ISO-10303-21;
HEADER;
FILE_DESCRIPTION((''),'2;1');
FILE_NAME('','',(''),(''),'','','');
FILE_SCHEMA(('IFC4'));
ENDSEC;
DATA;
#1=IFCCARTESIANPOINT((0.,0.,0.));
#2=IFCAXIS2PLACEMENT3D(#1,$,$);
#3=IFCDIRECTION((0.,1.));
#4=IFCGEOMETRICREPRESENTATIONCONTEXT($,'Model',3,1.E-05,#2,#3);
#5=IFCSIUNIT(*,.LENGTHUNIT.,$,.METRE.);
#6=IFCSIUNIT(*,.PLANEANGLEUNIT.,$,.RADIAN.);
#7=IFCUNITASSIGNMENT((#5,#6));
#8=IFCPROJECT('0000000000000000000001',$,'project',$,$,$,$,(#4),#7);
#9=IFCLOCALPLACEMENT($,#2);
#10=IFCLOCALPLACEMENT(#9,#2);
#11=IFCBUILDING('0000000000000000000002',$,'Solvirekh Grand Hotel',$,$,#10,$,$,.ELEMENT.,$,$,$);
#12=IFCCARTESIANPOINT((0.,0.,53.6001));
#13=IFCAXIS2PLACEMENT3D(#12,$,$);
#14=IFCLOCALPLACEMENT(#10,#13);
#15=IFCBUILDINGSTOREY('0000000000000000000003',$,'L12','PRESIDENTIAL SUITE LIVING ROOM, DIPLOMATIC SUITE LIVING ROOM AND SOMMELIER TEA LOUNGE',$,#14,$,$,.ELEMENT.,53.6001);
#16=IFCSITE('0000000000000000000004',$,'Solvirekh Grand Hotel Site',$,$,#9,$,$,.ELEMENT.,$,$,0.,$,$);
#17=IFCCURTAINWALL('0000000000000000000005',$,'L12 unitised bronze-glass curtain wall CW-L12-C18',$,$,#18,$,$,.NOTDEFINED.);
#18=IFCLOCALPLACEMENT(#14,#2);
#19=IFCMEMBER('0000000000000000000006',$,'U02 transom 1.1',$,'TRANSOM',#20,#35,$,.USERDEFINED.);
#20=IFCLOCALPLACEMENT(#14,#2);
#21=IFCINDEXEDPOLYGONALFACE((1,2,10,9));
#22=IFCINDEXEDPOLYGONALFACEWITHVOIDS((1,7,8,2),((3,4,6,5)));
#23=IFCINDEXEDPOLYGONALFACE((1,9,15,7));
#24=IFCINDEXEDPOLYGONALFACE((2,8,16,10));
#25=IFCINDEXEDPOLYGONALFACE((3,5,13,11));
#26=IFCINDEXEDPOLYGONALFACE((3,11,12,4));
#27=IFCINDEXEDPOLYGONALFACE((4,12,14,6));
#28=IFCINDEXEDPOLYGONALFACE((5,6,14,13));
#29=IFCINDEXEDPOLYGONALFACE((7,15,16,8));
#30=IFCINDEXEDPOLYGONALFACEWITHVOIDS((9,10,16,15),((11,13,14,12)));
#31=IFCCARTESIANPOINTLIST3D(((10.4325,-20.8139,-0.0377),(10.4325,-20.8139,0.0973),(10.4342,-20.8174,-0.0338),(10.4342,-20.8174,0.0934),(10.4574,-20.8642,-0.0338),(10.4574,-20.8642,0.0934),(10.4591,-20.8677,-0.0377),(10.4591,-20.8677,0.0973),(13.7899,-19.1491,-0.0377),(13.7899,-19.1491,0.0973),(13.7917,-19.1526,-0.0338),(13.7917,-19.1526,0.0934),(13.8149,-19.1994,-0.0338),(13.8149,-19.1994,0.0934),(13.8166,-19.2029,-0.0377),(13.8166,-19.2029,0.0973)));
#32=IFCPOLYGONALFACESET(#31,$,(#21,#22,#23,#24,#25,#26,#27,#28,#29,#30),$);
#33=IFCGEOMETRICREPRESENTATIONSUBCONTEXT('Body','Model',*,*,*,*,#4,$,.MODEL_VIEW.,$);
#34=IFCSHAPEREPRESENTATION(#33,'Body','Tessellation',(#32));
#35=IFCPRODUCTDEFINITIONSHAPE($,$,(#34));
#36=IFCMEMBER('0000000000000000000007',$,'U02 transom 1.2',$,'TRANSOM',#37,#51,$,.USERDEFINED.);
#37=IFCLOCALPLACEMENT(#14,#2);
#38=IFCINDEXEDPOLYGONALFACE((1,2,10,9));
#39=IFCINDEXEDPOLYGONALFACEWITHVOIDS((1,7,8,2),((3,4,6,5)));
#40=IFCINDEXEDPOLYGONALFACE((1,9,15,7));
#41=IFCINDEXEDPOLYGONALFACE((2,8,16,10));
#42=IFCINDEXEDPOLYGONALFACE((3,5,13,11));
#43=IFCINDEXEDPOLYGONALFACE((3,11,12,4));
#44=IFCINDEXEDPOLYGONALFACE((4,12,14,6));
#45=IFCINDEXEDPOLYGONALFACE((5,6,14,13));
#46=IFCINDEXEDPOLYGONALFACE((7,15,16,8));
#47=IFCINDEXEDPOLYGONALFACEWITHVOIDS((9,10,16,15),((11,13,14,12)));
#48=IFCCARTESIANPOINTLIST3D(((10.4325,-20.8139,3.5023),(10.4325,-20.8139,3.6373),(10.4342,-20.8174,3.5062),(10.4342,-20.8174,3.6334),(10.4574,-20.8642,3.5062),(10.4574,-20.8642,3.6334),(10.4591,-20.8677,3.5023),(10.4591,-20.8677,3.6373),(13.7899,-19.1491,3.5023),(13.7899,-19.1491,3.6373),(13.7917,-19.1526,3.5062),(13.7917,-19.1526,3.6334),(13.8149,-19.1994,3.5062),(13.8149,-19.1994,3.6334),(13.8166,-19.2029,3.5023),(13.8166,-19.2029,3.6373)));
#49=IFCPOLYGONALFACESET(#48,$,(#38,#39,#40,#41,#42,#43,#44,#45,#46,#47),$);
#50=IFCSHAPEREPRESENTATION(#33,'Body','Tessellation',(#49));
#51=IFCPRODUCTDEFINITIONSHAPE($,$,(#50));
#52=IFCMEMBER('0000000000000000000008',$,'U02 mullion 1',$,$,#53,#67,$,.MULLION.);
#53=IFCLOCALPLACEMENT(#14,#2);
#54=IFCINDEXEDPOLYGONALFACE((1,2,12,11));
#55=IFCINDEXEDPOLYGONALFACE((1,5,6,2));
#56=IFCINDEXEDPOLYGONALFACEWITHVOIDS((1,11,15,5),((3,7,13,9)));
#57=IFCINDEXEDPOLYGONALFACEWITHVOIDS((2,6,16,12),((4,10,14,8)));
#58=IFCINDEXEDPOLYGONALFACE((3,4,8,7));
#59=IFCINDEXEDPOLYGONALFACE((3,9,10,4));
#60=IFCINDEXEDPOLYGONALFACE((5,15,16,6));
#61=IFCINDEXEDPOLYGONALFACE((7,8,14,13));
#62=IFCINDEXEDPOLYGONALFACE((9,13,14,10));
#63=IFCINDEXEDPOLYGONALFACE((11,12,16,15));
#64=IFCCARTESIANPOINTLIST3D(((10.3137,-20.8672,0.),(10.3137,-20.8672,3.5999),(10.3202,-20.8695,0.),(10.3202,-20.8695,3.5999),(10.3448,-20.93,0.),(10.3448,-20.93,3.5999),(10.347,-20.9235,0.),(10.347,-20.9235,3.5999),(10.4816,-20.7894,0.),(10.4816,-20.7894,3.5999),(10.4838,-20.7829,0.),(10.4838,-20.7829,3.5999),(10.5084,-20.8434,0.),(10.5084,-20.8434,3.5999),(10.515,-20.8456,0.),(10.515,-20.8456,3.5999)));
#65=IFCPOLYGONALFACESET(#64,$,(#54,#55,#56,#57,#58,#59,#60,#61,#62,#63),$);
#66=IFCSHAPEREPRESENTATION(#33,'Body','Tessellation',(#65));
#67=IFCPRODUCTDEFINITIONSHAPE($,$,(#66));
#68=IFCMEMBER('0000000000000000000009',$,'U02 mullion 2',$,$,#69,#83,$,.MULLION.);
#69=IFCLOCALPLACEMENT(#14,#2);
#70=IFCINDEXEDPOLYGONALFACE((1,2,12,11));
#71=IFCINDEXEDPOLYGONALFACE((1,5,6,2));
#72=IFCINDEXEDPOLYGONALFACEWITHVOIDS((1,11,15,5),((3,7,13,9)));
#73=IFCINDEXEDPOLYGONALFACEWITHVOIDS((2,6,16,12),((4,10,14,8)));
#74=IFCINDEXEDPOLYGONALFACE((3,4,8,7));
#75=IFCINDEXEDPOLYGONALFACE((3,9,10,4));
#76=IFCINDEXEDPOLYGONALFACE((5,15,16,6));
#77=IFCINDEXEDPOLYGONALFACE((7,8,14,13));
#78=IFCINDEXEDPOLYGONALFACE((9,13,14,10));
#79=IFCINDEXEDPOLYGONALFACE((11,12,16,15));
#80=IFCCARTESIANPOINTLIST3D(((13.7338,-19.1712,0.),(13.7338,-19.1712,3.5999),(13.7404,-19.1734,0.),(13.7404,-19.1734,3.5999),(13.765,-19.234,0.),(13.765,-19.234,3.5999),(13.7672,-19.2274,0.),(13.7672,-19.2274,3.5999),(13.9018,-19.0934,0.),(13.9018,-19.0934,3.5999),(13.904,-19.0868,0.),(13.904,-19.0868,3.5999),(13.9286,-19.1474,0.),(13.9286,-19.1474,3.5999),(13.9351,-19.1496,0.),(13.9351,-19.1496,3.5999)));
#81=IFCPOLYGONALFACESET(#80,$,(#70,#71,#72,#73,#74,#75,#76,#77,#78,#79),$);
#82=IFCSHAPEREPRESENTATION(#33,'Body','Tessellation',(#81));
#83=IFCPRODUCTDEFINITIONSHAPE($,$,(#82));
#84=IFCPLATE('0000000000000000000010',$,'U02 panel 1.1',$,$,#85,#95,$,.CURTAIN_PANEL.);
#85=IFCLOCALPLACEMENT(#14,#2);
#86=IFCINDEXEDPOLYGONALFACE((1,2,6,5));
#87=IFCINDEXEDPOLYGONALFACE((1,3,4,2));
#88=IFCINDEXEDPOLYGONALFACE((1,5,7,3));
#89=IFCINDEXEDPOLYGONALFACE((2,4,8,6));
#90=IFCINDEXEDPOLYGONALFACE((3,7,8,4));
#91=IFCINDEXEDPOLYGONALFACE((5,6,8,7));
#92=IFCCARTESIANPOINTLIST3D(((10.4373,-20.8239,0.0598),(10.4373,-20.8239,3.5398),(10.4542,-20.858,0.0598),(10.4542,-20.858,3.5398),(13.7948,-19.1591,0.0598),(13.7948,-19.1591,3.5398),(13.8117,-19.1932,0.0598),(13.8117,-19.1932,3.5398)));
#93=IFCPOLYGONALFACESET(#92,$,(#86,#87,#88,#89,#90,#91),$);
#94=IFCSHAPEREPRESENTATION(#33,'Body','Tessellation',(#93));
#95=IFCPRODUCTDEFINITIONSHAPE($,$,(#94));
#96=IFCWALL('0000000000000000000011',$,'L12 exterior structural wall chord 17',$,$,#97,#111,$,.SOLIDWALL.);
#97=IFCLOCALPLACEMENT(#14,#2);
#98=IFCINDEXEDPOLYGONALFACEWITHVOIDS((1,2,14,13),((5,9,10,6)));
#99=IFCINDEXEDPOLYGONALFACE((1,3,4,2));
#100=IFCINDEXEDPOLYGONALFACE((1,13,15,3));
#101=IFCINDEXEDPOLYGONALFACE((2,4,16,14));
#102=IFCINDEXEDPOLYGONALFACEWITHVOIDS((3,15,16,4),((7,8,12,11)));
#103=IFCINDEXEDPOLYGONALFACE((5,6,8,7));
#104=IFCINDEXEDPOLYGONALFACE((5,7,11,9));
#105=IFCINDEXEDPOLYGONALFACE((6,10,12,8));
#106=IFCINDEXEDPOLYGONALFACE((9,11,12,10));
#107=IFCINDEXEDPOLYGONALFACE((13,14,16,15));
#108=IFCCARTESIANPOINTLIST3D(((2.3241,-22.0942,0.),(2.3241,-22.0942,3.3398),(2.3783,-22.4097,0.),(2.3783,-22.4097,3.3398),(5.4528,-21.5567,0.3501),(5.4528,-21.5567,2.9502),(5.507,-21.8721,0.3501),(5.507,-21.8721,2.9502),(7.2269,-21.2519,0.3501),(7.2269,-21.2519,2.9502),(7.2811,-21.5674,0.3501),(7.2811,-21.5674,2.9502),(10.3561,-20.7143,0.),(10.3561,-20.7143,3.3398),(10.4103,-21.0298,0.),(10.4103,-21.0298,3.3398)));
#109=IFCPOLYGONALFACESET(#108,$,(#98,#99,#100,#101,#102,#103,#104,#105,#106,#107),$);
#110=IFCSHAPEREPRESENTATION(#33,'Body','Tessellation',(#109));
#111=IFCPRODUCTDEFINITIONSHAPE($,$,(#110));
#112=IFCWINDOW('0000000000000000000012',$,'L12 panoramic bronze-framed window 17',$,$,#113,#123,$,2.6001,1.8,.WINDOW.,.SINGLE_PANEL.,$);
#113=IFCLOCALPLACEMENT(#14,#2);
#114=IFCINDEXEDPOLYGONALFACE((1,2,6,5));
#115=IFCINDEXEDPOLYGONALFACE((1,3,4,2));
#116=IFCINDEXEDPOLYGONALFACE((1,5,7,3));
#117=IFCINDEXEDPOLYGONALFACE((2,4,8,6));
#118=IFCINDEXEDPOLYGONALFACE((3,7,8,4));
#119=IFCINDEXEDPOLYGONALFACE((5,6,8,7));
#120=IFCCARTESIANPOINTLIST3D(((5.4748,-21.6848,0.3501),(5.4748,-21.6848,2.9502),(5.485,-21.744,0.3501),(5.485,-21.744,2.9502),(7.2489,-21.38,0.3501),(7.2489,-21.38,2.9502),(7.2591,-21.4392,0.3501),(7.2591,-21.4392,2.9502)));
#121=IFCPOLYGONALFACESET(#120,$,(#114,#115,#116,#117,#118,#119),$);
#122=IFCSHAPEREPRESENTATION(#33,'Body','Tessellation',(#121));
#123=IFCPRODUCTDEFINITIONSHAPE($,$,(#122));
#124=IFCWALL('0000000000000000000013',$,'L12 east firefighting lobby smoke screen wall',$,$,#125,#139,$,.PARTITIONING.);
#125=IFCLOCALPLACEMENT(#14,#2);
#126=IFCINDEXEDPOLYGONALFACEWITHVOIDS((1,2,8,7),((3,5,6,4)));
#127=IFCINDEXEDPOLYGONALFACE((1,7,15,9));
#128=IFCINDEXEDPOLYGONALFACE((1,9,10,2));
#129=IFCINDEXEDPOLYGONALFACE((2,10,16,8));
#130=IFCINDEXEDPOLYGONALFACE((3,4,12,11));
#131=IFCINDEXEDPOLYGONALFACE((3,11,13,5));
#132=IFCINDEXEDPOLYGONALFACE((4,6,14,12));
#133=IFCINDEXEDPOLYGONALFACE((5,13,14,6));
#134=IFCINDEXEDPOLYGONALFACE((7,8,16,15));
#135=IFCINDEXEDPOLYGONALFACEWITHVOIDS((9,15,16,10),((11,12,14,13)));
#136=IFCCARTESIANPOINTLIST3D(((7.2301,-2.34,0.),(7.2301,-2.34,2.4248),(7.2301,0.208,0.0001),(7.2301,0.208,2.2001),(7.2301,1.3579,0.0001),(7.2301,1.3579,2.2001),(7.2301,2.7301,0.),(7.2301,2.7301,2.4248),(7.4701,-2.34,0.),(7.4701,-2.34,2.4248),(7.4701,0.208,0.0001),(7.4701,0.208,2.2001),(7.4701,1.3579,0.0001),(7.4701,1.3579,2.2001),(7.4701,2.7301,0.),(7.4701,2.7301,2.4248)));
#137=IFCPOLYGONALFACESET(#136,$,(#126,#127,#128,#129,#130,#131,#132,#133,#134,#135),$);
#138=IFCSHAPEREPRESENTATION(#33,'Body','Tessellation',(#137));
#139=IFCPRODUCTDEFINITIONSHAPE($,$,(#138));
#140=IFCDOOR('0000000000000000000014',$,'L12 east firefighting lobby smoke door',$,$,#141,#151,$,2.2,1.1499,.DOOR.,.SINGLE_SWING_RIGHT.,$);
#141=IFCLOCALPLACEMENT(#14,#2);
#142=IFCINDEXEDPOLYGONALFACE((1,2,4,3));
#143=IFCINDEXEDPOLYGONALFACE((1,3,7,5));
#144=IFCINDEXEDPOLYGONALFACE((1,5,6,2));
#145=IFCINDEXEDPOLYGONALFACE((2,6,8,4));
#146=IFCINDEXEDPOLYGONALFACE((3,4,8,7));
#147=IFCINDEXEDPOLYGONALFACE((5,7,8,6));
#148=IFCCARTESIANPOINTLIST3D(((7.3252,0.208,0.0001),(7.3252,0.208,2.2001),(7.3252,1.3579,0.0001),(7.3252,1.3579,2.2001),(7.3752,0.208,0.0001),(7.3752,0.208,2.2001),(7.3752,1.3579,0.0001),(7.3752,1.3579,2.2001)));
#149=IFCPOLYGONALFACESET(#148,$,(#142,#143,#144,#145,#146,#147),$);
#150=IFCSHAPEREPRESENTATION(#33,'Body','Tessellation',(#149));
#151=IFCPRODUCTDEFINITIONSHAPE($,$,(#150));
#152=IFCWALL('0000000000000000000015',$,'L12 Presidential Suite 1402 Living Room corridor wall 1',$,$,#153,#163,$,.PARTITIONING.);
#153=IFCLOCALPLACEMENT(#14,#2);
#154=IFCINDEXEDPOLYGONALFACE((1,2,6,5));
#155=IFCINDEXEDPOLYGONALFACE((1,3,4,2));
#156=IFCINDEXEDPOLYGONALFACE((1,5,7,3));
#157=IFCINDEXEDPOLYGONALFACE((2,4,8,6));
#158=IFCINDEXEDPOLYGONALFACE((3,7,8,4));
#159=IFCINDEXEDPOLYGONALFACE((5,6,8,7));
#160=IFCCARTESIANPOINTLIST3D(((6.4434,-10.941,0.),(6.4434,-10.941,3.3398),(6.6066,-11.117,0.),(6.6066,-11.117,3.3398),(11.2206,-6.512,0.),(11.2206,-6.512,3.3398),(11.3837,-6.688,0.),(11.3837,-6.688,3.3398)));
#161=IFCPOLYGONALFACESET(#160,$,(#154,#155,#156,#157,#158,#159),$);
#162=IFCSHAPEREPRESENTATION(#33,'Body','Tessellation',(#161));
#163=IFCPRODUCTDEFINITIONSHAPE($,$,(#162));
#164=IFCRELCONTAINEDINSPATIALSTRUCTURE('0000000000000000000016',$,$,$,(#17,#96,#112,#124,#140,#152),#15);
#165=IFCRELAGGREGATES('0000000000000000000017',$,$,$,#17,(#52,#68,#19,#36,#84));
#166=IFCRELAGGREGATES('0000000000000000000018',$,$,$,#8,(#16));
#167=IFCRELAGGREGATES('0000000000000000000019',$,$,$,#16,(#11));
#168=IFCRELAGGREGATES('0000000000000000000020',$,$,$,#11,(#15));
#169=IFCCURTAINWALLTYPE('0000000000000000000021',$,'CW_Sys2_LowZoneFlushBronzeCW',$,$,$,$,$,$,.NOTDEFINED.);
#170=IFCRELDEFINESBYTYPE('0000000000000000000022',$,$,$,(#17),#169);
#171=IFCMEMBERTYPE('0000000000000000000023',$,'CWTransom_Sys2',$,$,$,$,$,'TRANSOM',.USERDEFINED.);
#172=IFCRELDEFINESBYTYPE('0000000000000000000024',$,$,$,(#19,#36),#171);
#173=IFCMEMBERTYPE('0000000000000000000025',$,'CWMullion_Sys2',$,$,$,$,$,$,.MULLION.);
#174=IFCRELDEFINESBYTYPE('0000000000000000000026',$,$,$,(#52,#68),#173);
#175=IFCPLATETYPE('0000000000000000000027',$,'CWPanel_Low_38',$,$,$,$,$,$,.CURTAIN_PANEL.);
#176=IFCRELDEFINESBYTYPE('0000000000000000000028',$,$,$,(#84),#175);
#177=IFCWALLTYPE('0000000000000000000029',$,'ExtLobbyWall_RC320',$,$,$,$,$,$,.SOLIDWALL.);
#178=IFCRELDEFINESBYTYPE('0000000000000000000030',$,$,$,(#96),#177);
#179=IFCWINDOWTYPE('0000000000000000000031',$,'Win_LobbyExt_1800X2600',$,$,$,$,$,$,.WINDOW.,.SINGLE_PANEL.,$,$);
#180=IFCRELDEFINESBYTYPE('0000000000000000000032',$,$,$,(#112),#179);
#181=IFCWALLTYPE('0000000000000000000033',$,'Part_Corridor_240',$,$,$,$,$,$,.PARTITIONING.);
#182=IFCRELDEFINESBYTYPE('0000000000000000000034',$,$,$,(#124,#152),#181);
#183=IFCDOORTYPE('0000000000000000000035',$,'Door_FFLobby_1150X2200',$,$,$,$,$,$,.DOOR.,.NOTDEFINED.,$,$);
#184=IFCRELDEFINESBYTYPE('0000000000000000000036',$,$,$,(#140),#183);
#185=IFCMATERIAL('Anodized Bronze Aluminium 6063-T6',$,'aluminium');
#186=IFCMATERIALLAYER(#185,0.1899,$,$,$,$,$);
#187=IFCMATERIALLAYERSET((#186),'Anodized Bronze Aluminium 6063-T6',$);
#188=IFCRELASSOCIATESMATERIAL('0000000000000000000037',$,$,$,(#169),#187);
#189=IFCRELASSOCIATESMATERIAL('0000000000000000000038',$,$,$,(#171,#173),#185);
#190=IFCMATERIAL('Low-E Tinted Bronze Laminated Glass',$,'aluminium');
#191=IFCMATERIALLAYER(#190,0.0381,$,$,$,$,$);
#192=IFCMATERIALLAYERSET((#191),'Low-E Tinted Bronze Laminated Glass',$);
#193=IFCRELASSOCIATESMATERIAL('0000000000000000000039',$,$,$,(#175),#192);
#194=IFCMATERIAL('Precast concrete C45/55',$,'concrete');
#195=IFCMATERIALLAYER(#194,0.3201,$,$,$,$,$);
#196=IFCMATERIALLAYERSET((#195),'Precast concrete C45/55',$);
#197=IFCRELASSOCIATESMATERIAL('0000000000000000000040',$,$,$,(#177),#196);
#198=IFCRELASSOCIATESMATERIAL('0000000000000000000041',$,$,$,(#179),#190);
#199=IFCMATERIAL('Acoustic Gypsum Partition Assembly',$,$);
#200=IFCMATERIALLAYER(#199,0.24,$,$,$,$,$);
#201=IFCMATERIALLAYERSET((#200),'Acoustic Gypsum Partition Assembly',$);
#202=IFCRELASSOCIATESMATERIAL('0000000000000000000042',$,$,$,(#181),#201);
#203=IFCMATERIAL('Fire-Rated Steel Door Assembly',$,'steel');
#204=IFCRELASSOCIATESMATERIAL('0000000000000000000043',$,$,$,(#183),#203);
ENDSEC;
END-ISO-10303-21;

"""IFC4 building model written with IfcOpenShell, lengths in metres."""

from ifc_helpers import new_model, si_unit, direction, frame, frame_2d, origin, origin_2d, place, context, subcontext, project, spatial, rectangle, hollow_rectangle, extrude, source, transform, mapped, material, layer, layer_set, material_profile, profile_set, type_object, element, fill, aggregate, save


model = new_model("IFC4")

# Units and contexts
model_context = context("Model", 3, precision=1e-05, world=origin(), true_north=direction((0.0, 1.0)))
body_context = subcontext(model_context, "Body", "Model", "MODEL_VIEW")
ifc_project = project(units=[si_unit("LENGTHUNIT", "METRE"), si_unit("PLANEANGLEUNIT", "RADIAN")], contexts=[model_context])

# Site, building, storey
site_placement = place(None, origin())
site = spatial("IfcSite", under=ifc_project, at=site_placement, Name="Solvirekh Grand Hotel Site", CompositionType="ELEMENT", RefElevation=0.0)
building_placement = place(site_placement, origin())
building = spatial("IfcBuilding", under=site, at=building_placement, Name="Solvirekh Grand Hotel", CompositionType="ELEMENT")
storey_placement = place(building_placement, frame((0.0, 0.0, 53.6001)))
storey = spatial("IfcBuildingStorey", under=building, at=storey_placement, Name="L12", Description="PRESIDENTIAL SUITE LIVING ROOM, DIPLOMATIC SUITE LIVING ROOM AND SOMMELIER TEA LOUNGE", CompositionType="ELEMENT", Elevation=53.6001)

# Curtain wall, members, plate
ifc_material_1 = material(Name="Anodized Bronze Aluminium 6063-T6", Category="aluminium")
ifc_layer_1 = layer(ifc_material_1, 0.1899)
ifc_layer_set_1 = layer_set([ifc_layer_1], Name="Anodized Bronze Aluminium 6063-T6")
curtain_wall_type = type_object("IfcCurtainWallType", Name="CW_Sys2_LowZoneFlushBronzeCW", PredefinedType="NOTDEFINED", material=ifc_layer_set_1)
curtain_wall_placement = place(storey_placement, origin())
curtain_wall = element("IfcCurtainWall", 1, at=curtain_wall_placement, inside=storey, type_object=curtain_wall_type, Name="L12 unitised bronze-glass curtain wall CW-L12-C18", PredefinedType="NOTDEFINED")
ifc_material_profile_1 = material_profile(ifc_material_1, hollow_rectangle(XDim=0.0601, YDim=0.135, WallThickness=0.0039, at=origin_2d()), Name="ALU RHS 135X60X4")
ifc_profile_set_1 = profile_set([ifc_material_profile_1], Name="Anodized Bronze Aluminium 6063-T6")
member_type_1 = type_object("IfcMemberType", Name="CWTransom_Sys2", ElementType="TRANSOM", PredefinedType="USERDEFINED", material=ifc_profile_set_1)
shared_shape_1 = source(origin(), body_context, "Body", "SweptSolid", [
    extrude(hollow_rectangle(XDim=0.0601, YDim=0.135, WallThickness=0.0039, at=origin_2d()), origin(), (0.0, 0.0, 1.0), 3.7476),
])
member_1_placement = place(storey_placement, frame((10.4458, -20.8408, 0.0298), z_axis=(0.895908, 0.44424, 0.0), x_axis=(-0.44424, 0.895908, 0.0)))
member_1 = element("IfcMember", 2, at=member_1_placement, type_object=member_type_1, Name="U02 transom 1.1", ObjectType="TRANSOM", PredefinedType="USERDEFINED", context=body_context, shape_type="MappedRepresentation", body=[
    mapped(shared_shape_1, transform((0.0, 0.0, 0.0), x_axis=(1.0, 0.0, 0.0), y_axis=(0.0, 1.0, 0.0), z_axis=(0.0, 0.0, 1.0), scale=1.0)),
])
member_2_placement = place(storey_placement, frame((10.4458, -20.8408, 3.5698), z_axis=(0.895908, 0.44424, 0.0), x_axis=(-0.44424, 0.895908, 0.0)))
member_2 = element("IfcMember", 3, at=member_2_placement, type_object=member_type_1, Name="U02 transom 1.2", ObjectType="TRANSOM", PredefinedType="USERDEFINED", context=body_context, shape_type="MappedRepresentation", body=[
    mapped(shared_shape_1, transform((0.0, 0.0, 0.0), x_axis=(1.0, 0.0, 0.0), y_axis=(0.0, 1.0, 0.0), z_axis=(0.0, 0.0, 1.0), scale=1.0)),
])
ifc_material_profile_2 = material_profile(ifc_material_1, hollow_rectangle(XDim=0.0701, YDim=0.1899, WallThickness=0.0049, at=origin_2d()), Name="ALU RHS 190X70X5")
ifc_profile_set_2 = profile_set([ifc_material_profile_2], Name="Anodized Bronze Aluminium 6063-T6")
member_type_2 = type_object("IfcMemberType", Name="CWMullion_Sys2", PredefinedType="MULLION", material=ifc_profile_set_2)
shared_shape_2 = source(origin(), body_context, "Body", "SweptSolid", [
    extrude(hollow_rectangle(XDim=0.0701, YDim=0.1899, WallThickness=0.0049, at=origin_2d()), origin(), (0.0, 0.0, 1.0), 3.5999),
])
member_3_placement = place(storey_placement, frame((10.4143, -20.8564, 0.0), z_axis=(0.0, 0.0, 1.0), x_axis=(-0.444252, 0.895902, 0.0)))
member_3 = element("IfcMember", 4, at=member_3_placement, type_object=member_type_2, Name="U02 mullion 1", PredefinedType="MULLION", context=body_context, shape_type="MappedRepresentation", body=[
    mapped(shared_shape_2, transform((0.0, 0.0, 0.0), x_axis=(1.0, 0.0, 0.0), y_axis=(0.0, 1.0, 0.0), z_axis=(0.0, 0.0, 1.0), scale=1.0)),
])
member_4_placement = place(storey_placement, frame((13.8345, -19.1604, 0.0), z_axis=(0.0, 0.0, 1.0), x_axis=(-0.444252, 0.895902, 0.0)))
member_4 = element("IfcMember", 5, at=member_4_placement, type_object=member_type_2, Name="U02 mullion 2", PredefinedType="MULLION", context=body_context, shape_type="MappedRepresentation", body=[
    mapped(shared_shape_2, transform((0.0, 0.0, 0.0), x_axis=(1.0, 0.0, 0.0), y_axis=(0.0, 1.0, 0.0), z_axis=(0.0, 0.0, 1.0), scale=1.0)),
])
ifc_material_2 = material(Name="Low-E Tinted Bronze Laminated Glass", Category="aluminium")
ifc_layer_2 = layer(ifc_material_2, 0.0381)
ifc_layer_set_2 = layer_set([ifc_layer_2], Name="Low-E Tinted Bronze Laminated Glass")
plate_type = type_object("IfcPlateType", Name="CWPanel_Low_38", PredefinedType="CURTAIN_PANEL", material=ifc_layer_set_2)
shared_shape_3 = source(origin(), body_context, "Body", "SweptSolid", [
    extrude(rectangle(XDim=3.7476, YDim=0.0381, at=origin_2d()), origin(), (0.0, 0.0, 1.0), 3.48),
])
plate_placement = place(storey_placement, frame((12.1245, -20.0085, 0.0598), z_axis=(0.0, 0.0, 1.0), x_axis=(0.895902, 0.444252, 0.0)))
plate = element("IfcPlate", 6, at=plate_placement, type_object=plate_type, Name="U02 panel 1.1", PredefinedType="CURTAIN_PANEL", context=body_context, shape_type="MappedRepresentation", body=[
    mapped(shared_shape_3, transform((0.0, 0.0, 0.0), x_axis=(1.0, 0.0, 0.0), y_axis=(0.0, 1.0, 0.0), z_axis=(0.0, 0.0, 1.0), scale=1.0)),
])
aggregate(curtain_wall, [member_3, member_4, member_1, member_2, plate])

# Wall, opening, window
ifc_material_3 = material(Name="Precast concrete C45/55", Category="concrete")
ifc_layer_3 = layer(ifc_material_3, 0.3201)
ifc_layer_set_3 = layer_set([ifc_layer_3], Name="Precast concrete C45/55")
wall_type_1 = type_object("IfcWallType", Name="ExtLobbyWall_RC320", PredefinedType="SOLIDWALL", material=ifc_layer_set_3)
wall_1_placement = place(storey_placement, frame((10.3831, -20.8721, 0.0), z_axis=(0.0, 0.0, 1.0), x_axis=(-0.985561, -0.169318, 0.0)))
wall_1 = element("IfcWall", 7, at=wall_1_placement, inside=storey, type_object=wall_type_1, Name="L12 exterior structural wall chord 17", PredefinedType="SOLIDWALL", context=body_context, shape_type="SweptSolid", body=[
    extrude(rectangle(XDim=8.1497, YDim=0.3201, at=frame_2d((4.0747, 0.0))), origin(), (0.0, 0.0, 1.0), 3.3398),
])
opening_1_placement = place(wall_1_placement, frame((3.175, 0.0, 0.3501)))
opening_1 = element("IfcOpeningElement", 8, at=opening_1_placement, cuts=wall_1, PredefinedType="OPENING", context=body_context, shape_type="SweptSolid", body=[
    extrude(rectangle(XDim=1.8, YDim=2.6001, at=frame_2d((0.8999, 1.3))), frame((0.0, 0.1699, 0.0), z_axis=(0.0, -1.0, 0.0), x_axis=(1.0, 0.0, 0.0)), (0.0, 0.0, 1.0), 0.3401),
])
window_type = type_object("IfcWindowType", Name="Win_LobbyExt_1800X2600", PartitioningType="SINGLE_PANEL", PredefinedType="WINDOW", material=ifc_material_2)
window_placement = place(opening_1_placement, origin())
window = element("IfcWindow", 9, at=window_placement, inside=storey, type_object=window_type, Name="L12 panoramic bronze-framed window 17", OverallHeight=2.6001, OverallWidth=1.8, PartitioningType="SINGLE_PANEL", PredefinedType="WINDOW", context=body_context, shape_type="SweptSolid", body=[
    extrude(rectangle(XDim=1.8, YDim=2.6001, at=frame_2d((0.8999, 1.3))), frame((0.0, 0.03, 0.0), z_axis=(0.0, -1.0, 0.0), x_axis=(1.0, 0.0, 0.0)), (0.0, 0.0, 1.0), 0.0601),
])
fill(opening_1, window)

# Wall, opening, door
ifc_material_4 = material(Name="Acoustic Gypsum Partition Assembly")
ifc_layer_4 = layer(ifc_material_4, 0.24)
ifc_layer_set_4 = layer_set([ifc_layer_4], Name="Acoustic Gypsum Partition Assembly")
wall_type_2 = type_object("IfcWallType", Name="Part_Corridor_240", PredefinedType="PARTITIONING", material=ifc_layer_set_4)
wall_2_placement = place(storey_placement, frame((7.3501, -2.3401, 0.0), z_axis=(0.0, 0.0, 1.0), x_axis=(0.0, 1.0, 0.0)))
wall_2 = element("IfcWall", 10, at=wall_2_placement, inside=storey, type_object=wall_type_2, Name="L12 east firefighting lobby smoke screen wall", PredefinedType="PARTITIONING", context=body_context, shape_type="SweptSolid", body=[
    extrude(rectangle(XDim=5.0701, YDim=0.24, at=frame_2d((2.5352, 0.0))), origin(), (0.0, 0.0, 1.0), 2.4248),
])
opening_2_placement = place(wall_2_placement, frame((2.5481, 0.0, 0.0)))
opening_2 = element("IfcOpeningElement", 11, at=opening_2_placement, cuts=wall_2, PredefinedType="OPENING", context=body_context, shape_type="SweptSolid", body=[
    extrude(rectangle(XDim=1.1499, YDim=2.2, at=frame_2d((0.575, 1.1001))), frame((0.0, 0.1299, 0.0), z_axis=(0.0, -1.0, 0.0), x_axis=(1.0, 0.0, 0.0)), (0.0, 0.0, 1.0), 0.26),
])
ifc_material_5 = material(Name="Fire-Rated Steel Door Assembly", Category="steel")
door_type_1 = type_object("IfcDoorType", Name="Door_FFLobby_1150X2200", OperationType="NOTDEFINED", PredefinedType="DOOR", material=ifc_material_5)
door_1_placement = place(opening_2_placement, origin())
door_1 = element("IfcDoor", 12, at=door_1_placement, inside=storey, type_object=door_type_1, Name="L12 east firefighting lobby smoke door", OperationType="SINGLE_SWING_RIGHT", OverallHeight=2.2, OverallWidth=1.1499, PredefinedType="DOOR", context=body_context, shape_type="SweptSolid", body=[
    extrude(rectangle(XDim=1.1499, YDim=2.2, at=frame_2d((0.575, 1.1001))), frame((0.0, 0.0249, 0.0), z_axis=(0.0, -1.0, 0.0), x_axis=(1.0, 0.0, 0.0)), (0.0, 0.0, 1.0), 0.05),
])
fill(opening_2, door_1)

# Wall
wall_3_placement = place(storey_placement, frame((6.5249, -11.0291, 0.0), z_axis=(0.0, 0.0, 1.0), x_axis=(0.733323, 0.67988, 0.0)))
element("IfcWall", 13, at=wall_3_placement, inside=storey, type_object=wall_type_2, Name="L12 Presidential Suite 1402 Living Room corridor wall 1", PredefinedType="PARTITIONING", context=body_context, shape_type="SweptSolid", body=[
    extrude(rectangle(XDim=6.5144, YDim=0.24, at=frame_2d((3.2573, 0.0))), origin(), (0.0, 0.0, 1.0), 3.3398),
])

save(model, "model.ifc")
